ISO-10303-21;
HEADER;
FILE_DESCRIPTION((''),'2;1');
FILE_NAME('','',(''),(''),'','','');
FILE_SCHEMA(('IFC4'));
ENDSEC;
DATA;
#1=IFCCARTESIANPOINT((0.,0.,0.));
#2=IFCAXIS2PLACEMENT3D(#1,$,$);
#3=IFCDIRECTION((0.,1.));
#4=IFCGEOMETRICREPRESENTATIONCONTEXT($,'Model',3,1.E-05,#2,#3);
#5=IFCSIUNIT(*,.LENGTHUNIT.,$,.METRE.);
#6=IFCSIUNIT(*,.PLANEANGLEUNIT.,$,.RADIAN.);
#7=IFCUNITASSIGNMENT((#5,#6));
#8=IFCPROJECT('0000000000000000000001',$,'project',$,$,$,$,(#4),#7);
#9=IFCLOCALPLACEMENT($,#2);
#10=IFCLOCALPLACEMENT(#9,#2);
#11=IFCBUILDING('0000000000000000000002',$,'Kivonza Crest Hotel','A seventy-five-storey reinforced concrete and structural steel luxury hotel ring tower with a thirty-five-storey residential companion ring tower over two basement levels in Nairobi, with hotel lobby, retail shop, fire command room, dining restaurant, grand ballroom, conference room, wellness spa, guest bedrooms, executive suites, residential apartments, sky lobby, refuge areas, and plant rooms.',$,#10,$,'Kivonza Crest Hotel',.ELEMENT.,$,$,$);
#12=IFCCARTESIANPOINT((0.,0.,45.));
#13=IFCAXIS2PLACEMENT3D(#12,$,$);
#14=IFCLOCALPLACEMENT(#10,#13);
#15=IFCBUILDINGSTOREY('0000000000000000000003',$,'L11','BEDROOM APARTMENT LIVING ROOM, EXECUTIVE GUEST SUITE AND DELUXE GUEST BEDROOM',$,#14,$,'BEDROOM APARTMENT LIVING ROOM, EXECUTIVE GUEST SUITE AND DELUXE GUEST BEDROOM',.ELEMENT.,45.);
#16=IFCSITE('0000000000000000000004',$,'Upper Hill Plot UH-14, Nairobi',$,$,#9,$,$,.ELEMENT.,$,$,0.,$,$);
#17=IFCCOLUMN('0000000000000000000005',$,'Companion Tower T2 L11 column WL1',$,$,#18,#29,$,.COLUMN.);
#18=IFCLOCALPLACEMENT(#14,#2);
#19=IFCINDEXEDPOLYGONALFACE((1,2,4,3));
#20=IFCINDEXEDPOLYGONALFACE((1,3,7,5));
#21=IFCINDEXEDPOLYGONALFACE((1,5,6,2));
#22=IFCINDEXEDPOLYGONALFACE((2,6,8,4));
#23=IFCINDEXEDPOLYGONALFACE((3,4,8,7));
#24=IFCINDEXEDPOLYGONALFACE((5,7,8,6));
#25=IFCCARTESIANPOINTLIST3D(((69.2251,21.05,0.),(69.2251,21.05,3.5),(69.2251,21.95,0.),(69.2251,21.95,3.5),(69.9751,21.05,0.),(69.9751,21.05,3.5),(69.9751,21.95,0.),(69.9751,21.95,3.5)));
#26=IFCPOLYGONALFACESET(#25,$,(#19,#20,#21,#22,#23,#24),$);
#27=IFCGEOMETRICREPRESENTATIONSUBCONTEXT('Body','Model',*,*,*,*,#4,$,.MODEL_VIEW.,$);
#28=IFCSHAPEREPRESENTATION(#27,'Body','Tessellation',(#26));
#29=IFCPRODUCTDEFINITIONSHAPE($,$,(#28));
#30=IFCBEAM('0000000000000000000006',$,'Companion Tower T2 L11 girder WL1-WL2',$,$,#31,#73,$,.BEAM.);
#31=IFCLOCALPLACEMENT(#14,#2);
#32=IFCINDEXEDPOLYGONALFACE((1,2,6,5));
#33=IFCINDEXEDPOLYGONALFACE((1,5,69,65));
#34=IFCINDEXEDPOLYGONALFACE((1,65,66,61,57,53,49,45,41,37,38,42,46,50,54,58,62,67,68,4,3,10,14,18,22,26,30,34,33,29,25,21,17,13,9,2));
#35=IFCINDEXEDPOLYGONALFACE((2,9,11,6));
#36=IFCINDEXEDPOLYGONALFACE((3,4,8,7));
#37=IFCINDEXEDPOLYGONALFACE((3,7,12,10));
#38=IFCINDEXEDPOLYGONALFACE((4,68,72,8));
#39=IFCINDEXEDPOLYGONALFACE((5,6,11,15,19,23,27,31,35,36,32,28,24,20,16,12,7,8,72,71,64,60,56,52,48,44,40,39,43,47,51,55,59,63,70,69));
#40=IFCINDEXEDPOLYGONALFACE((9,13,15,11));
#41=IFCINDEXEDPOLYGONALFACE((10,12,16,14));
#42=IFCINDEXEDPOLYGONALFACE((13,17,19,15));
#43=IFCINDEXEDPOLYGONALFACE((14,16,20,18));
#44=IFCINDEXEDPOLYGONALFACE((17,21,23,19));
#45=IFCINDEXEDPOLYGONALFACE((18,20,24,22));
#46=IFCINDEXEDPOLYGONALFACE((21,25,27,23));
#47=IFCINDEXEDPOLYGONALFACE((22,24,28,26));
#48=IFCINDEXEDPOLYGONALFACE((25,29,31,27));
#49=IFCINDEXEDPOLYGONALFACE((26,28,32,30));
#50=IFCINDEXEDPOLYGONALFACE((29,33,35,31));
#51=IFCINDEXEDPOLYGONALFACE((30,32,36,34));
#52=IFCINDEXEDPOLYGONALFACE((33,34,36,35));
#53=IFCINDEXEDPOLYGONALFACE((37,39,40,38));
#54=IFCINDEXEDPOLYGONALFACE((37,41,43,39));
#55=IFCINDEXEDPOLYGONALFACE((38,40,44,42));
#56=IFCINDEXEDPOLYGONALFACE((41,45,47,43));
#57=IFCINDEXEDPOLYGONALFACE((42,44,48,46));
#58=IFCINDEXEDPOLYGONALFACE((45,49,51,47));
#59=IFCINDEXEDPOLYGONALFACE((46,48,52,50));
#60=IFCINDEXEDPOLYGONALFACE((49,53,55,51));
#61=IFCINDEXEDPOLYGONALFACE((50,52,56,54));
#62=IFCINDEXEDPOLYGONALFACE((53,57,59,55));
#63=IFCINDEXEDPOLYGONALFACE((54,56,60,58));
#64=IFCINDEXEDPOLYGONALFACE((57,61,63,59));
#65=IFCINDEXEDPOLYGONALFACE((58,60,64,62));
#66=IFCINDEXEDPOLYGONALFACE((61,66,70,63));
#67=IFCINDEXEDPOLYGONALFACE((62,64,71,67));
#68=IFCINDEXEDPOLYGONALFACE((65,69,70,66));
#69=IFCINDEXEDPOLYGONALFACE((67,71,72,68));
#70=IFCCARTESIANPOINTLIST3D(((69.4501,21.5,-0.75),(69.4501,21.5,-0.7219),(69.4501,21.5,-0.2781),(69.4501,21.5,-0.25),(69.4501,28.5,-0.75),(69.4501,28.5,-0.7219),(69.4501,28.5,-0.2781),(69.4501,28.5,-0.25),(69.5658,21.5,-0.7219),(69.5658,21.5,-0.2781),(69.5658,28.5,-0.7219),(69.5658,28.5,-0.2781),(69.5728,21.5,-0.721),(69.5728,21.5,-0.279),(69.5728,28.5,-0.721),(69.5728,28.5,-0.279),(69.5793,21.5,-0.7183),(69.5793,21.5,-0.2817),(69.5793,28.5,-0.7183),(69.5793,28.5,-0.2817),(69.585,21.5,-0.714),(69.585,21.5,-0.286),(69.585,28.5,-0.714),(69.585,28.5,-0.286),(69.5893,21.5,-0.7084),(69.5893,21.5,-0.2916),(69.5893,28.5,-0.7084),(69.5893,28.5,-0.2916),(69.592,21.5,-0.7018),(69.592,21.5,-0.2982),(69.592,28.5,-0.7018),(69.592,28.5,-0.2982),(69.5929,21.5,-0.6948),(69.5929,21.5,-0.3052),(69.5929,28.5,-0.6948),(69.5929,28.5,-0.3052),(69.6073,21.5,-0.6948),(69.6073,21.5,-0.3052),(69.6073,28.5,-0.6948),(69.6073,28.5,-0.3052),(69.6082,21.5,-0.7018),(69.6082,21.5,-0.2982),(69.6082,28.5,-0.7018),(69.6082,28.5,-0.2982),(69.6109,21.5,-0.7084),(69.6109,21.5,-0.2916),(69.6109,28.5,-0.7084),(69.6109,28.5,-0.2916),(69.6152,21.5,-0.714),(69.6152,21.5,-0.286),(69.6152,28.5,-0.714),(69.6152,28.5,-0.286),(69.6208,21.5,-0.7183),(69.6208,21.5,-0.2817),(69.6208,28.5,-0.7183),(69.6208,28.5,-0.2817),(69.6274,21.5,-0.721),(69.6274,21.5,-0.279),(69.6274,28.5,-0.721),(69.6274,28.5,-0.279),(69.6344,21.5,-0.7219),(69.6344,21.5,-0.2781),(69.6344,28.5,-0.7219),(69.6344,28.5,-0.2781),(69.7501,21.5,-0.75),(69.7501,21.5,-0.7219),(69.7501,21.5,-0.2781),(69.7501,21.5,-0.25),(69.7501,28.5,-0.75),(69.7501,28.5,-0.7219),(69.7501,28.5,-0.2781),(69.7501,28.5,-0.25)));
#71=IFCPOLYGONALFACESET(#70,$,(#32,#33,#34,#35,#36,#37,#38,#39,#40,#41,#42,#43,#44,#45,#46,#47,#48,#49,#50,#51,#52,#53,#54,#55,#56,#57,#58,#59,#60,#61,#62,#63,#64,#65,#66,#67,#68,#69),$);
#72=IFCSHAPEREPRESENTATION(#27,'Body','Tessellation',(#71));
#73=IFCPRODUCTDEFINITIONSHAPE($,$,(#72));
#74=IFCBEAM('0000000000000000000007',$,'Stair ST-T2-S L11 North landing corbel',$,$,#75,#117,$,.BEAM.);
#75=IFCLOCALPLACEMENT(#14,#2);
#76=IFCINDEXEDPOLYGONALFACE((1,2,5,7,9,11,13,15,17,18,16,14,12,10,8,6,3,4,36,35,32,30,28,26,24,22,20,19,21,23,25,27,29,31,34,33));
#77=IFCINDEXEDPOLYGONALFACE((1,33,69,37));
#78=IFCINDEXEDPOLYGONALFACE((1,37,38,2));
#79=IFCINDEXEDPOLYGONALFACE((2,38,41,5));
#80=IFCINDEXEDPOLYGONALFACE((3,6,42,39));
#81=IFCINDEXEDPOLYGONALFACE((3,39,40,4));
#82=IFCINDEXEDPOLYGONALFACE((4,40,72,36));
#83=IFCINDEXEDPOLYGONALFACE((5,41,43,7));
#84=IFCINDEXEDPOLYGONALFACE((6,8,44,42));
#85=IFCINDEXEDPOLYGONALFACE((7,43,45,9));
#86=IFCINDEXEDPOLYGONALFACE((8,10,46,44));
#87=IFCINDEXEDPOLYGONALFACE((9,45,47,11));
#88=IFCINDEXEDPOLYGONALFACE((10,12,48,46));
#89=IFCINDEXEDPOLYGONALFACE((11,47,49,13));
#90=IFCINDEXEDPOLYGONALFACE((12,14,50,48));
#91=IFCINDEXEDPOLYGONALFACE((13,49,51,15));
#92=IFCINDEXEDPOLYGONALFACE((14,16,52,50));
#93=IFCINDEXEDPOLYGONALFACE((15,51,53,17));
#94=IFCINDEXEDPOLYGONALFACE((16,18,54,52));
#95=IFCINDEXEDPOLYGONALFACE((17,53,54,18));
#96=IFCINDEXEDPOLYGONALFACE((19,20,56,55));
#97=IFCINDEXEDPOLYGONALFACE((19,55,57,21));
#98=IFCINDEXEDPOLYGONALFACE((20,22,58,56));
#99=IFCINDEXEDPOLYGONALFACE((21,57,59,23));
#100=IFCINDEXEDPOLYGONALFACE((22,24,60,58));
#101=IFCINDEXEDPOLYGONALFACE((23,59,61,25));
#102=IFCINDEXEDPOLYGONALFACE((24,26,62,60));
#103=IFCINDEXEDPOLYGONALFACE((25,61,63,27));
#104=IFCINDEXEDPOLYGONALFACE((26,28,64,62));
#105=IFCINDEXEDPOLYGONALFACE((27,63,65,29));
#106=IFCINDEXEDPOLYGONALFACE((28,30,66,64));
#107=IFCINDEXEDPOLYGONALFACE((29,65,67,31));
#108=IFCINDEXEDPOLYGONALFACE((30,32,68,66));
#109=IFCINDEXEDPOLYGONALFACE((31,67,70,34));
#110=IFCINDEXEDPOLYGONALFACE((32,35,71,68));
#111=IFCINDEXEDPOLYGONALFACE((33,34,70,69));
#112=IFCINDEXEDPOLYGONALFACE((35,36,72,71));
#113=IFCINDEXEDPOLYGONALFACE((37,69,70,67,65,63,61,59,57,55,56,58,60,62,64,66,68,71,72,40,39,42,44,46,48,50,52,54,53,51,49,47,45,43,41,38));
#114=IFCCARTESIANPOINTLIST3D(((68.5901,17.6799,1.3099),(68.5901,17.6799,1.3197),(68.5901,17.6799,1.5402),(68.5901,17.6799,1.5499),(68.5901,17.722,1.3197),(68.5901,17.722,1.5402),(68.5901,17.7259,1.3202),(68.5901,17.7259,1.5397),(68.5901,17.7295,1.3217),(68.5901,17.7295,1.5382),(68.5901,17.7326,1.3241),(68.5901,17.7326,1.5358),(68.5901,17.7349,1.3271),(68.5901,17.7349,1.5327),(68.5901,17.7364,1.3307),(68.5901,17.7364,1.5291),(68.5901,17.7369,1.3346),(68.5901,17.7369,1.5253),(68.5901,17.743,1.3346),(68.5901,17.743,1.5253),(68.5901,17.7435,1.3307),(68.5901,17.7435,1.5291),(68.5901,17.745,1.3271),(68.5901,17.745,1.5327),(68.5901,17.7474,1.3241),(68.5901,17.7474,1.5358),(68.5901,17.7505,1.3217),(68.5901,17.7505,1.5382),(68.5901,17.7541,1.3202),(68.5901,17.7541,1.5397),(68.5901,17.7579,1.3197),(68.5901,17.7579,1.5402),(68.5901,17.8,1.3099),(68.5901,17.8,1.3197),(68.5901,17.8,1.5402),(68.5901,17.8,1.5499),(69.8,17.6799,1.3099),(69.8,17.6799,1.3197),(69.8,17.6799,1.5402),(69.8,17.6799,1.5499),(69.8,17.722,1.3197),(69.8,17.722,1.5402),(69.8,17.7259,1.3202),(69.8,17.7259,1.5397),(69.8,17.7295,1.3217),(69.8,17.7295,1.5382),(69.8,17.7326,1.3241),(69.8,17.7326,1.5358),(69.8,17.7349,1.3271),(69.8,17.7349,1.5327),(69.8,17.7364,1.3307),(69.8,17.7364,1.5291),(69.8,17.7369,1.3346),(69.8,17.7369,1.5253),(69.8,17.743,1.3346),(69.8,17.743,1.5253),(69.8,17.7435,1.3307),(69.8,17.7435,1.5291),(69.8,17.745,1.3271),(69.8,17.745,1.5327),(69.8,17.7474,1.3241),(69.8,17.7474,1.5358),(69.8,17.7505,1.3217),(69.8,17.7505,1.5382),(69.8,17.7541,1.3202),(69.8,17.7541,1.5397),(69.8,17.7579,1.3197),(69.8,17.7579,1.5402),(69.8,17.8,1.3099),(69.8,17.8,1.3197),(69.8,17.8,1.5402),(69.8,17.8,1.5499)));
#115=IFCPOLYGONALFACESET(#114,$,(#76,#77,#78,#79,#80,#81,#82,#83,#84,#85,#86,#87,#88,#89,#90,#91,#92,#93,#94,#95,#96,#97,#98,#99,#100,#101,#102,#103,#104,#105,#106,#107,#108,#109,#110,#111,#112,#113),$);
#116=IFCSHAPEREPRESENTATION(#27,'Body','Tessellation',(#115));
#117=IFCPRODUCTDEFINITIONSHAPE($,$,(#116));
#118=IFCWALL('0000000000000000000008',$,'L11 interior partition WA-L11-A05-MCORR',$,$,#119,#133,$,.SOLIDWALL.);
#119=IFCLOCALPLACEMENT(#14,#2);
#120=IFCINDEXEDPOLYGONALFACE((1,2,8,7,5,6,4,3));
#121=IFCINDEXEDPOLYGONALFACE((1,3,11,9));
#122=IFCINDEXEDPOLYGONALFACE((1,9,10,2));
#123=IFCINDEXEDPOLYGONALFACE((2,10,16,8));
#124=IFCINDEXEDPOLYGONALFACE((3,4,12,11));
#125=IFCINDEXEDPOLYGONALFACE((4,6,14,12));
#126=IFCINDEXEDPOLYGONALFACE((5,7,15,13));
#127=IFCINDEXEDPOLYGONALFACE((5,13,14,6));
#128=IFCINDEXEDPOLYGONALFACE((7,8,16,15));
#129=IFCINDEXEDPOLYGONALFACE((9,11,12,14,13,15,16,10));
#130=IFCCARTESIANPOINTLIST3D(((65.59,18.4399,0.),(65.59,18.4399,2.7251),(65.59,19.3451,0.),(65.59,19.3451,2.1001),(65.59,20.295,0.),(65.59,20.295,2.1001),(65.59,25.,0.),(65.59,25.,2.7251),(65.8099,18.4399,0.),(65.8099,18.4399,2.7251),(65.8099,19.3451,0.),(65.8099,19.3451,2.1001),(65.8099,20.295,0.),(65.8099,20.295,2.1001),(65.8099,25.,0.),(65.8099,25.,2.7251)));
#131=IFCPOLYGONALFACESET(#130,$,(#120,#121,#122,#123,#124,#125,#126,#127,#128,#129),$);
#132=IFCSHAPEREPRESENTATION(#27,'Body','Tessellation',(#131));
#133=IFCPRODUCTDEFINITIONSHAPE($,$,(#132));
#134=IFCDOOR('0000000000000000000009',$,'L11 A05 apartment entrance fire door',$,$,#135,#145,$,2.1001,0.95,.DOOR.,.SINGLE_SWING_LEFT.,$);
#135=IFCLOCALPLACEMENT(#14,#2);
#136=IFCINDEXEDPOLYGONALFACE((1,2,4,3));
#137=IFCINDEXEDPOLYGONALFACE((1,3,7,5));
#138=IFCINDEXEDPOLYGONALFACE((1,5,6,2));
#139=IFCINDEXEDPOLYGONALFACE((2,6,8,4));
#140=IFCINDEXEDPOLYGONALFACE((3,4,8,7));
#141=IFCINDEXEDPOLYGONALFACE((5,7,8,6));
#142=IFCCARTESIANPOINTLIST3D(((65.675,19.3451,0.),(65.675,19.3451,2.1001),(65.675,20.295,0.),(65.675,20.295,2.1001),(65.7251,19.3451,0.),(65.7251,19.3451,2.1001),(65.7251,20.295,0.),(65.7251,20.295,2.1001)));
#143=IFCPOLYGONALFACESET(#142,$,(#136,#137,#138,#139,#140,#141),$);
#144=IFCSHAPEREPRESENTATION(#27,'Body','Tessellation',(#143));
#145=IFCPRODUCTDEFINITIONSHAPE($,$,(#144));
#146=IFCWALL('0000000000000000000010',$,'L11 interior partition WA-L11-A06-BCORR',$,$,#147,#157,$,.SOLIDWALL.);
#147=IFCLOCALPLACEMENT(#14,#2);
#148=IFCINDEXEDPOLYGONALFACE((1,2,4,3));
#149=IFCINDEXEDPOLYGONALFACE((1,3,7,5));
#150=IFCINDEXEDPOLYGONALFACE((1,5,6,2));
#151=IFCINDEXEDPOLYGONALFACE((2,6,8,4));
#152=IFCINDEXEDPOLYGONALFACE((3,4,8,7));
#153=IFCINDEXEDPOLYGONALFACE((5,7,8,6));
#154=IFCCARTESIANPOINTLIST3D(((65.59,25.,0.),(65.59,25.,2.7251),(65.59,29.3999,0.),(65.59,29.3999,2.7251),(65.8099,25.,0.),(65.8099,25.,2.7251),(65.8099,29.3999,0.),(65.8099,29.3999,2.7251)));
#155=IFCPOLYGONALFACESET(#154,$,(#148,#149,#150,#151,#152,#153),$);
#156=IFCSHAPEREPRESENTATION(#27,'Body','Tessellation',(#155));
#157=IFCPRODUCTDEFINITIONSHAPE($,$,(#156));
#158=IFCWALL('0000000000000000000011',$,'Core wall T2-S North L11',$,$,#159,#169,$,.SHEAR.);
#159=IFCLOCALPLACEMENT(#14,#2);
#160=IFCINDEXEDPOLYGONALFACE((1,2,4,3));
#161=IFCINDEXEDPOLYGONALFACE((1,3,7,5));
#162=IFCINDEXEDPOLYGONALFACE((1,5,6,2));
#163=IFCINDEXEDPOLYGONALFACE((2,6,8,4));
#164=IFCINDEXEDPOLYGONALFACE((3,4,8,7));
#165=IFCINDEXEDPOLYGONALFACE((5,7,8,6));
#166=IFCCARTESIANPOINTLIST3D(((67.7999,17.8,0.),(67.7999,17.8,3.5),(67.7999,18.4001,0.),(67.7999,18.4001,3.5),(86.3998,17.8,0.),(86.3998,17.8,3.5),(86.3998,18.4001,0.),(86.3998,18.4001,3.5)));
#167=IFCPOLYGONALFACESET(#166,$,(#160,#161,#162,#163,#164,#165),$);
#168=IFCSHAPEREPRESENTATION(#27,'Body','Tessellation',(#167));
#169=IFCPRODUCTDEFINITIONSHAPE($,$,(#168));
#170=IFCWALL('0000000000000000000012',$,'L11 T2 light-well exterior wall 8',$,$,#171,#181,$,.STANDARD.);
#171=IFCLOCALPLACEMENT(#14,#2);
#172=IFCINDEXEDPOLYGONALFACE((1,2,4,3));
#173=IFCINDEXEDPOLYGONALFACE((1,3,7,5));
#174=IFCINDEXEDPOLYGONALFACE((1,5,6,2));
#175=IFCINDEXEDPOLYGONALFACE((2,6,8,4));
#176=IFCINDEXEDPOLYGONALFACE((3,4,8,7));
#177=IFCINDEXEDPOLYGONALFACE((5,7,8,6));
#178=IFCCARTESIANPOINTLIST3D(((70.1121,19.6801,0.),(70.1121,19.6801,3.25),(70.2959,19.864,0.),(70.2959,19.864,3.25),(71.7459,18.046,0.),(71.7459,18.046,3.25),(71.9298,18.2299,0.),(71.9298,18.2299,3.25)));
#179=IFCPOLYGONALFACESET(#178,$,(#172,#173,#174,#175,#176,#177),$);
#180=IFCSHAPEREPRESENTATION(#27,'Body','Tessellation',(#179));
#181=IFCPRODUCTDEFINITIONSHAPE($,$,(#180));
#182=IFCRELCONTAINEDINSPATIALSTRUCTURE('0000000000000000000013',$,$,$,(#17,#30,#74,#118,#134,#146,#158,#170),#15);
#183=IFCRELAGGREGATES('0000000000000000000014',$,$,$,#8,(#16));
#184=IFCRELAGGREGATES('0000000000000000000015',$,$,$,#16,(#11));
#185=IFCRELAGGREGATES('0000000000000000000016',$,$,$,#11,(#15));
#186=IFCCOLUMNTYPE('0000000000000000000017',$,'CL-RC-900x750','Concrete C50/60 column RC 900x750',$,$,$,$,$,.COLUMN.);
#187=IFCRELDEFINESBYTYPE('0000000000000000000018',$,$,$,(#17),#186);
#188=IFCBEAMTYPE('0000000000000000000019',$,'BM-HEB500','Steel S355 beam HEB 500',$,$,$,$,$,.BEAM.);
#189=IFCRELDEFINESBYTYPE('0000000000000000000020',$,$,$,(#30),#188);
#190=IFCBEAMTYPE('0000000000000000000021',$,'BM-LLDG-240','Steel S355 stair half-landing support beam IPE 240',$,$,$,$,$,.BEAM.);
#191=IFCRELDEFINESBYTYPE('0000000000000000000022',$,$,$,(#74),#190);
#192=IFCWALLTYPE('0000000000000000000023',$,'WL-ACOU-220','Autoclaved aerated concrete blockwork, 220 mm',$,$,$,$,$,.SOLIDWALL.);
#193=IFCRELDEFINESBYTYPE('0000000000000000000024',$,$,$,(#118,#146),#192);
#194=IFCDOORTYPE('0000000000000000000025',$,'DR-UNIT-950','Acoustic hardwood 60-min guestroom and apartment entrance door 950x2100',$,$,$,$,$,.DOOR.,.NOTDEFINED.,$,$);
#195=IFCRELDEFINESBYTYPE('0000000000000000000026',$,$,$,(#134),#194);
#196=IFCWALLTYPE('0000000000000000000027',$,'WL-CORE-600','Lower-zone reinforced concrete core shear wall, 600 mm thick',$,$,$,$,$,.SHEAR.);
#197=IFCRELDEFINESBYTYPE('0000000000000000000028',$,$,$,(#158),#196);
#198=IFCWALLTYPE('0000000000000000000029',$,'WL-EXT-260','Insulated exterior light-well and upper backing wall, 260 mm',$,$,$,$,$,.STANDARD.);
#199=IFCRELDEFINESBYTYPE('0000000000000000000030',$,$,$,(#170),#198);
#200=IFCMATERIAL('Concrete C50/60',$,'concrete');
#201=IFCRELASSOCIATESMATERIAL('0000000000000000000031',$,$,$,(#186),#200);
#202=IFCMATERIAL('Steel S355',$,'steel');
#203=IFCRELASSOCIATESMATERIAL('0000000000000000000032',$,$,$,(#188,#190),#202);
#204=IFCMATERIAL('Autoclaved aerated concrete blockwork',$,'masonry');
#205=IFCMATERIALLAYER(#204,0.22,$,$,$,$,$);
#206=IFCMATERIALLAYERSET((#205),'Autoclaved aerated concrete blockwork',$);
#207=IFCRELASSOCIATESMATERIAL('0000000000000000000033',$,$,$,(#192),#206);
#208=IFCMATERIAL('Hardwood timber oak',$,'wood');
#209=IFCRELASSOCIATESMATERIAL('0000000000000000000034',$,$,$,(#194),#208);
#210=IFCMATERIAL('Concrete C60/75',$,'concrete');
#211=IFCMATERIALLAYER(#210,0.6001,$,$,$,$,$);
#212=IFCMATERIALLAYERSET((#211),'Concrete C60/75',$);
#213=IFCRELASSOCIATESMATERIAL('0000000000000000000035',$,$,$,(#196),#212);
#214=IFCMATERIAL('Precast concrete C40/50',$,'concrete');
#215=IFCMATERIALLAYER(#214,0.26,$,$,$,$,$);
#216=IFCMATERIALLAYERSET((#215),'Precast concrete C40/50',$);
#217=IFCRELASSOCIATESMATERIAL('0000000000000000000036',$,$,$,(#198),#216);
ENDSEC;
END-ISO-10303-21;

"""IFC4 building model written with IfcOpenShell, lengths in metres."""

from ifc_helpers import new_model, si_unit, direction, frame, frame_2d, origin, origin_2d, place, context, subcontext, project, spatial, rectangle, i_section, extrude, material, layer, layer_set, material_profile, profile_set, type_object, element, fill, save


model = new_model("IFC4")

# Units and contexts
model_context = context("Model", 3, precision=1e-05, world=origin(), true_north=direction((0.0, 1.0)))
body_context = subcontext(model_context, "Body", "Model", "MODEL_VIEW")
ifc_project = project(units=[si_unit("LENGTHUNIT", "METRE"), si_unit("PLANEANGLEUNIT", "RADIAN")], contexts=[model_context])

# Site, building, storey
site_placement = place(None, origin())
site = spatial("IfcSite", under=ifc_project, at=site_placement, Name="Upper Hill Plot UH-14, Nairobi", CompositionType="ELEMENT", RefElevation=0.0)
building_placement = place(site_placement, origin())
building = spatial("IfcBuilding", under=site, at=building_placement, Name="Kivonza Crest Hotel", Description="A seventy-five-storey reinforced concrete and structural steel luxury hotel ring tower with a thirty-five-storey residential companion ring tower over two basement levels in Nairobi, with hotel lobby, retail shop, fire command room, dining restaurant, grand ballroom, conference room, wellness spa, guest bedrooms, executive suites, residential apartments, sky lobby, refuge areas, and plant rooms.", LongName="Kivonza Crest Hotel", CompositionType="ELEMENT")
storey_placement = place(building_placement, frame((0.0, 0.0, 45.0)))
storey = spatial("IfcBuildingStorey", under=building, at=storey_placement, Name="L11", Description="BEDROOM APARTMENT LIVING ROOM, EXECUTIVE GUEST SUITE AND DELUXE GUEST BEDROOM", LongName="BEDROOM APARTMENT LIVING ROOM, EXECUTIVE GUEST SUITE AND DELUXE GUEST BEDROOM", CompositionType="ELEMENT", Elevation=45.0)

# Column
ifc_material_1 = material(Name="Concrete C50/60", Category="concrete")
ifc_material_profile_1 = material_profile(ifc_material_1, rectangle(XDim=0.75, YDim=0.8999, at=origin_2d()), Name="RC 900x750")
ifc_profile_set_1 = profile_set([ifc_material_profile_1], Name="Concrete C50/60")
column_type = type_object("IfcColumnType", Name="CL-RC-900x750", Description="Concrete C50/60 column RC 900x750", PredefinedType="COLUMN", material=ifc_profile_set_1)
column_placement = place(storey_placement, frame((69.6001, 21.5, 0.0), z_axis=(0.0, 0.0, 1.0), x_axis=(1.0, 0.0, 0.0)))
element("IfcColumn", 1, at=column_placement, inside=storey, type_object=column_type, Name="Companion Tower T2 L11 column WL1", PredefinedType="COLUMN", context=body_context, shape_type="SweptSolid", body=[
    extrude(rectangle(XDim=0.75, YDim=0.8999, at=origin_2d()), origin(), (0.0, 0.0, 1.0), 3.5),
])

# Beams
ifc_material_2 = material(Name="Steel S355", Category="steel")
ifc_material_profile_2 = material_profile(ifc_material_2, i_section(OverallWidth=0.3, OverallDepth=0.5, WebThickness=0.0144, FlangeThickness=0.0281, FilletRadius=0.0271, at=origin_2d()), Name="HEB 500")
ifc_profile_set_2 = profile_set([ifc_material_profile_2], Name="Steel S355")
beam_type_1 = type_object("IfcBeamType", Name="BM-HEB500", Description="Steel S355 beam HEB 500", PredefinedType="BEAM", material=ifc_profile_set_2)
beam_1_placement = place(storey_placement, frame((69.6001, 21.5, -0.5), z_axis=(0.0, 1.0, 0.0), x_axis=(-1.0, 0.0, 0.0)))
element("IfcBeam", 2, at=beam_1_placement, inside=storey, type_object=beam_type_1, Name="Companion Tower T2 L11 girder WL1-WL2", PredefinedType="BEAM", context=body_context, shape_type="SweptSolid", body=[
    extrude(i_section(OverallWidth=0.3, OverallDepth=0.5, WebThickness=0.0144, FlangeThickness=0.0281, FilletRadius=0.0271, at=origin_2d()), origin(), (0.0, 0.0, 1.0), 7.0),
])
ifc_material_profile_3 = material_profile(ifc_material_2, i_section(OverallWidth=0.1201, OverallDepth=0.24, WebThickness=0.0061, FlangeThickness=0.0098, FilletRadius=0.0149, at=origin_2d()), Name="IPE 240")
ifc_profile_set_3 = profile_set([ifc_material_profile_3], Name="Steel S355")
beam_type_2 = type_object("IfcBeamType", Name="BM-LLDG-240", Description="Steel S355 stair half-landing support beam IPE 240", PredefinedType="BEAM", material=ifc_profile_set_3)
beam_2_placement = place(storey_placement, frame((68.5901, 17.74, 1.4299), z_axis=(1.0, 0.0, 0.0), x_axis=(0.0, 1.0, 0.0)))
element("IfcBeam", 3, at=beam_2_placement, inside=storey, type_object=beam_type_2, Name="Stair ST-T2-S L11 North landing corbel", PredefinedType="BEAM", context=body_context, shape_type="SweptSolid", body=[
    extrude(i_section(OverallWidth=0.1201, OverallDepth=0.24, WebThickness=0.0061, FlangeThickness=0.0098, FilletRadius=0.0149, at=origin_2d()), origin(), (0.0, 0.0, 1.0), 1.21),
])

# Wall, opening, door
ifc_material_3 = material(Name="Autoclaved aerated concrete blockwork", Category="masonry")
ifc_layer_1 = layer(ifc_material_3, 0.22)
ifc_layer_set_1 = layer_set([ifc_layer_1], Name="Autoclaved aerated concrete blockwork")
wall_type_1 = type_object("IfcWallType", Name="WL-ACOU-220", Description="Autoclaved aerated concrete blockwork, 220 mm", PredefinedType="SOLIDWALL", material=ifc_layer_set_1)
wall_1_placement = place(storey_placement, frame((65.7, 18.4399, 0.0), z_axis=(0.0, 0.0, 1.0), x_axis=(0.0, 1.0, 0.0)))
wall_1 = element("IfcWall", 4, at=wall_1_placement, inside=storey, type_object=wall_type_1, Name="L11 interior partition WA-L11-A05-MCORR", PredefinedType="SOLIDWALL", context=body_context, shape_type="SweptSolid", body=[
    extrude(rectangle(XDim=6.5601, YDim=0.22, at=frame_2d((3.28, 0.0))), origin(), (0.0, 0.0, 1.0), 2.7251),
])
opening_1_placement = place(wall_1_placement, frame((0.905, 0.0, 0.0)))
opening_1 = element("IfcOpeningElement", 5, at=opening_1_placement, cuts=wall_1, PredefinedType="OPENING", context=body_context, shape_type="SweptSolid", body=[
    extrude(rectangle(XDim=0.95, YDim=2.1001, at=frame_2d((0.4751, 1.05))), frame((0.0, 0.1201, 0.0), z_axis=(0.0, -1.0, 0.0), x_axis=(1.0, 0.0, 0.0)), (0.0, 0.0, 1.0), 0.24),
])
ifc_material_4 = material(Name="Hardwood timber oak", Category="wood")
door_type_1 = type_object("IfcDoorType", Name="DR-UNIT-950", Description="Acoustic hardwood 60-min guestroom and apartment entrance door 950x2100", OperationType="NOTDEFINED", PredefinedType="DOOR", material=ifc_material_4)
door_1_placement = place(opening_1_placement, origin())
door_1 = element("IfcDoor", 6, at=door_1_placement, inside=storey, type_object=door_type_1, Name="L11 A05 apartment entrance fire door", OperationType="SINGLE_SWING_LEFT", OverallHeight=2.1001, OverallWidth=0.95, PredefinedType="DOOR", context=body_context, shape_type="SweptSolid", body=[
    extrude(rectangle(XDim=0.95, YDim=2.1001, at=frame_2d((0.4751, 1.05))), frame((0.0, 0.0249, 0.0), z_axis=(0.0, -1.0, 0.0), x_axis=(1.0, 0.0, 0.0)), (0.0, 0.0, 1.0), 0.05),
])
fill(opening_1, door_1)

# Walls
wall_2_placement = place(storey_placement, frame((65.7, 25.0, 0.0), z_axis=(0.0, 0.0, 1.0), x_axis=(0.0, 1.0, 0.0)))
element("IfcWall", 7, at=wall_2_placement, inside=storey, type_object=wall_type_1, Name="L11 interior partition WA-L11-A06-BCORR", PredefinedType="SOLIDWALL", context=body_context, shape_type="SweptSolid", body=[
    extrude(rectangle(XDim=4.3999, YDim=0.22, at=frame_2d((2.2, 0.0))), origin(), (0.0, 0.0, 1.0), 2.7251),
])
ifc_material_5 = material(Name="Concrete C60/75", Category="concrete")
ifc_layer_2 = layer(ifc_material_5, 0.6001)
ifc_layer_set_2 = layer_set([ifc_layer_2], Name="Concrete C60/75")
wall_type_2 = type_object("IfcWallType", Name="WL-CORE-600", Description="Lower-zone reinforced concrete core shear wall, 600 mm thick", PredefinedType="SHEAR", material=ifc_layer_set_2)
wall_3_placement = place(storey_placement, frame((67.8, 18.1001, 0.0), z_axis=(0.0, 0.0, 1.0), x_axis=(1.0, 0.0, 0.0)))
element("IfcWall", 8, at=wall_3_placement, inside=storey, type_object=wall_type_2, Name="Core wall T2-S North L11", PredefinedType="SHEAR", context=body_context, shape_type="SweptSolid", body=[
    extrude(rectangle(XDim=18.5999, YDim=0.6001, at=frame_2d((9.2998, 0.0))), origin(), (0.0, 0.0, 1.0), 3.5),
])
ifc_material_6 = material(Name="Precast concrete C40/50", Category="concrete")
ifc_layer_3 = layer(ifc_material_6, 0.26)
ifc_layer_set_3 = layer_set([ifc_layer_3], Name="Precast concrete C40/50")
wall_type_3 = type_object("IfcWallType", Name="WL-EXT-260", Description="Insulated exterior light-well and upper backing wall, 260 mm", PredefinedType="STANDARD", material=ifc_layer_set_3)
wall_4_placement = place(storey_placement, frame((70.2041, 19.772, 0.0), z_axis=(0.0, 0.0, 1.0), x_axis=(0.707054, -0.70716, 0.0)))
element("IfcWall", 9, at=wall_4_placement, inside=storey, type_object=wall_type_3, Name="L11 T2 light-well exterior wall 8", PredefinedType="STANDARD", context=body_context, shape_type="SweptSolid", body=[
    extrude(rectangle(XDim=2.3108, YDim=0.26, at=frame_2d((1.1553, 0.0))), origin(), (0.0, 0.0, 1.0), 3.25),
])

save(model, "model.ifc")
